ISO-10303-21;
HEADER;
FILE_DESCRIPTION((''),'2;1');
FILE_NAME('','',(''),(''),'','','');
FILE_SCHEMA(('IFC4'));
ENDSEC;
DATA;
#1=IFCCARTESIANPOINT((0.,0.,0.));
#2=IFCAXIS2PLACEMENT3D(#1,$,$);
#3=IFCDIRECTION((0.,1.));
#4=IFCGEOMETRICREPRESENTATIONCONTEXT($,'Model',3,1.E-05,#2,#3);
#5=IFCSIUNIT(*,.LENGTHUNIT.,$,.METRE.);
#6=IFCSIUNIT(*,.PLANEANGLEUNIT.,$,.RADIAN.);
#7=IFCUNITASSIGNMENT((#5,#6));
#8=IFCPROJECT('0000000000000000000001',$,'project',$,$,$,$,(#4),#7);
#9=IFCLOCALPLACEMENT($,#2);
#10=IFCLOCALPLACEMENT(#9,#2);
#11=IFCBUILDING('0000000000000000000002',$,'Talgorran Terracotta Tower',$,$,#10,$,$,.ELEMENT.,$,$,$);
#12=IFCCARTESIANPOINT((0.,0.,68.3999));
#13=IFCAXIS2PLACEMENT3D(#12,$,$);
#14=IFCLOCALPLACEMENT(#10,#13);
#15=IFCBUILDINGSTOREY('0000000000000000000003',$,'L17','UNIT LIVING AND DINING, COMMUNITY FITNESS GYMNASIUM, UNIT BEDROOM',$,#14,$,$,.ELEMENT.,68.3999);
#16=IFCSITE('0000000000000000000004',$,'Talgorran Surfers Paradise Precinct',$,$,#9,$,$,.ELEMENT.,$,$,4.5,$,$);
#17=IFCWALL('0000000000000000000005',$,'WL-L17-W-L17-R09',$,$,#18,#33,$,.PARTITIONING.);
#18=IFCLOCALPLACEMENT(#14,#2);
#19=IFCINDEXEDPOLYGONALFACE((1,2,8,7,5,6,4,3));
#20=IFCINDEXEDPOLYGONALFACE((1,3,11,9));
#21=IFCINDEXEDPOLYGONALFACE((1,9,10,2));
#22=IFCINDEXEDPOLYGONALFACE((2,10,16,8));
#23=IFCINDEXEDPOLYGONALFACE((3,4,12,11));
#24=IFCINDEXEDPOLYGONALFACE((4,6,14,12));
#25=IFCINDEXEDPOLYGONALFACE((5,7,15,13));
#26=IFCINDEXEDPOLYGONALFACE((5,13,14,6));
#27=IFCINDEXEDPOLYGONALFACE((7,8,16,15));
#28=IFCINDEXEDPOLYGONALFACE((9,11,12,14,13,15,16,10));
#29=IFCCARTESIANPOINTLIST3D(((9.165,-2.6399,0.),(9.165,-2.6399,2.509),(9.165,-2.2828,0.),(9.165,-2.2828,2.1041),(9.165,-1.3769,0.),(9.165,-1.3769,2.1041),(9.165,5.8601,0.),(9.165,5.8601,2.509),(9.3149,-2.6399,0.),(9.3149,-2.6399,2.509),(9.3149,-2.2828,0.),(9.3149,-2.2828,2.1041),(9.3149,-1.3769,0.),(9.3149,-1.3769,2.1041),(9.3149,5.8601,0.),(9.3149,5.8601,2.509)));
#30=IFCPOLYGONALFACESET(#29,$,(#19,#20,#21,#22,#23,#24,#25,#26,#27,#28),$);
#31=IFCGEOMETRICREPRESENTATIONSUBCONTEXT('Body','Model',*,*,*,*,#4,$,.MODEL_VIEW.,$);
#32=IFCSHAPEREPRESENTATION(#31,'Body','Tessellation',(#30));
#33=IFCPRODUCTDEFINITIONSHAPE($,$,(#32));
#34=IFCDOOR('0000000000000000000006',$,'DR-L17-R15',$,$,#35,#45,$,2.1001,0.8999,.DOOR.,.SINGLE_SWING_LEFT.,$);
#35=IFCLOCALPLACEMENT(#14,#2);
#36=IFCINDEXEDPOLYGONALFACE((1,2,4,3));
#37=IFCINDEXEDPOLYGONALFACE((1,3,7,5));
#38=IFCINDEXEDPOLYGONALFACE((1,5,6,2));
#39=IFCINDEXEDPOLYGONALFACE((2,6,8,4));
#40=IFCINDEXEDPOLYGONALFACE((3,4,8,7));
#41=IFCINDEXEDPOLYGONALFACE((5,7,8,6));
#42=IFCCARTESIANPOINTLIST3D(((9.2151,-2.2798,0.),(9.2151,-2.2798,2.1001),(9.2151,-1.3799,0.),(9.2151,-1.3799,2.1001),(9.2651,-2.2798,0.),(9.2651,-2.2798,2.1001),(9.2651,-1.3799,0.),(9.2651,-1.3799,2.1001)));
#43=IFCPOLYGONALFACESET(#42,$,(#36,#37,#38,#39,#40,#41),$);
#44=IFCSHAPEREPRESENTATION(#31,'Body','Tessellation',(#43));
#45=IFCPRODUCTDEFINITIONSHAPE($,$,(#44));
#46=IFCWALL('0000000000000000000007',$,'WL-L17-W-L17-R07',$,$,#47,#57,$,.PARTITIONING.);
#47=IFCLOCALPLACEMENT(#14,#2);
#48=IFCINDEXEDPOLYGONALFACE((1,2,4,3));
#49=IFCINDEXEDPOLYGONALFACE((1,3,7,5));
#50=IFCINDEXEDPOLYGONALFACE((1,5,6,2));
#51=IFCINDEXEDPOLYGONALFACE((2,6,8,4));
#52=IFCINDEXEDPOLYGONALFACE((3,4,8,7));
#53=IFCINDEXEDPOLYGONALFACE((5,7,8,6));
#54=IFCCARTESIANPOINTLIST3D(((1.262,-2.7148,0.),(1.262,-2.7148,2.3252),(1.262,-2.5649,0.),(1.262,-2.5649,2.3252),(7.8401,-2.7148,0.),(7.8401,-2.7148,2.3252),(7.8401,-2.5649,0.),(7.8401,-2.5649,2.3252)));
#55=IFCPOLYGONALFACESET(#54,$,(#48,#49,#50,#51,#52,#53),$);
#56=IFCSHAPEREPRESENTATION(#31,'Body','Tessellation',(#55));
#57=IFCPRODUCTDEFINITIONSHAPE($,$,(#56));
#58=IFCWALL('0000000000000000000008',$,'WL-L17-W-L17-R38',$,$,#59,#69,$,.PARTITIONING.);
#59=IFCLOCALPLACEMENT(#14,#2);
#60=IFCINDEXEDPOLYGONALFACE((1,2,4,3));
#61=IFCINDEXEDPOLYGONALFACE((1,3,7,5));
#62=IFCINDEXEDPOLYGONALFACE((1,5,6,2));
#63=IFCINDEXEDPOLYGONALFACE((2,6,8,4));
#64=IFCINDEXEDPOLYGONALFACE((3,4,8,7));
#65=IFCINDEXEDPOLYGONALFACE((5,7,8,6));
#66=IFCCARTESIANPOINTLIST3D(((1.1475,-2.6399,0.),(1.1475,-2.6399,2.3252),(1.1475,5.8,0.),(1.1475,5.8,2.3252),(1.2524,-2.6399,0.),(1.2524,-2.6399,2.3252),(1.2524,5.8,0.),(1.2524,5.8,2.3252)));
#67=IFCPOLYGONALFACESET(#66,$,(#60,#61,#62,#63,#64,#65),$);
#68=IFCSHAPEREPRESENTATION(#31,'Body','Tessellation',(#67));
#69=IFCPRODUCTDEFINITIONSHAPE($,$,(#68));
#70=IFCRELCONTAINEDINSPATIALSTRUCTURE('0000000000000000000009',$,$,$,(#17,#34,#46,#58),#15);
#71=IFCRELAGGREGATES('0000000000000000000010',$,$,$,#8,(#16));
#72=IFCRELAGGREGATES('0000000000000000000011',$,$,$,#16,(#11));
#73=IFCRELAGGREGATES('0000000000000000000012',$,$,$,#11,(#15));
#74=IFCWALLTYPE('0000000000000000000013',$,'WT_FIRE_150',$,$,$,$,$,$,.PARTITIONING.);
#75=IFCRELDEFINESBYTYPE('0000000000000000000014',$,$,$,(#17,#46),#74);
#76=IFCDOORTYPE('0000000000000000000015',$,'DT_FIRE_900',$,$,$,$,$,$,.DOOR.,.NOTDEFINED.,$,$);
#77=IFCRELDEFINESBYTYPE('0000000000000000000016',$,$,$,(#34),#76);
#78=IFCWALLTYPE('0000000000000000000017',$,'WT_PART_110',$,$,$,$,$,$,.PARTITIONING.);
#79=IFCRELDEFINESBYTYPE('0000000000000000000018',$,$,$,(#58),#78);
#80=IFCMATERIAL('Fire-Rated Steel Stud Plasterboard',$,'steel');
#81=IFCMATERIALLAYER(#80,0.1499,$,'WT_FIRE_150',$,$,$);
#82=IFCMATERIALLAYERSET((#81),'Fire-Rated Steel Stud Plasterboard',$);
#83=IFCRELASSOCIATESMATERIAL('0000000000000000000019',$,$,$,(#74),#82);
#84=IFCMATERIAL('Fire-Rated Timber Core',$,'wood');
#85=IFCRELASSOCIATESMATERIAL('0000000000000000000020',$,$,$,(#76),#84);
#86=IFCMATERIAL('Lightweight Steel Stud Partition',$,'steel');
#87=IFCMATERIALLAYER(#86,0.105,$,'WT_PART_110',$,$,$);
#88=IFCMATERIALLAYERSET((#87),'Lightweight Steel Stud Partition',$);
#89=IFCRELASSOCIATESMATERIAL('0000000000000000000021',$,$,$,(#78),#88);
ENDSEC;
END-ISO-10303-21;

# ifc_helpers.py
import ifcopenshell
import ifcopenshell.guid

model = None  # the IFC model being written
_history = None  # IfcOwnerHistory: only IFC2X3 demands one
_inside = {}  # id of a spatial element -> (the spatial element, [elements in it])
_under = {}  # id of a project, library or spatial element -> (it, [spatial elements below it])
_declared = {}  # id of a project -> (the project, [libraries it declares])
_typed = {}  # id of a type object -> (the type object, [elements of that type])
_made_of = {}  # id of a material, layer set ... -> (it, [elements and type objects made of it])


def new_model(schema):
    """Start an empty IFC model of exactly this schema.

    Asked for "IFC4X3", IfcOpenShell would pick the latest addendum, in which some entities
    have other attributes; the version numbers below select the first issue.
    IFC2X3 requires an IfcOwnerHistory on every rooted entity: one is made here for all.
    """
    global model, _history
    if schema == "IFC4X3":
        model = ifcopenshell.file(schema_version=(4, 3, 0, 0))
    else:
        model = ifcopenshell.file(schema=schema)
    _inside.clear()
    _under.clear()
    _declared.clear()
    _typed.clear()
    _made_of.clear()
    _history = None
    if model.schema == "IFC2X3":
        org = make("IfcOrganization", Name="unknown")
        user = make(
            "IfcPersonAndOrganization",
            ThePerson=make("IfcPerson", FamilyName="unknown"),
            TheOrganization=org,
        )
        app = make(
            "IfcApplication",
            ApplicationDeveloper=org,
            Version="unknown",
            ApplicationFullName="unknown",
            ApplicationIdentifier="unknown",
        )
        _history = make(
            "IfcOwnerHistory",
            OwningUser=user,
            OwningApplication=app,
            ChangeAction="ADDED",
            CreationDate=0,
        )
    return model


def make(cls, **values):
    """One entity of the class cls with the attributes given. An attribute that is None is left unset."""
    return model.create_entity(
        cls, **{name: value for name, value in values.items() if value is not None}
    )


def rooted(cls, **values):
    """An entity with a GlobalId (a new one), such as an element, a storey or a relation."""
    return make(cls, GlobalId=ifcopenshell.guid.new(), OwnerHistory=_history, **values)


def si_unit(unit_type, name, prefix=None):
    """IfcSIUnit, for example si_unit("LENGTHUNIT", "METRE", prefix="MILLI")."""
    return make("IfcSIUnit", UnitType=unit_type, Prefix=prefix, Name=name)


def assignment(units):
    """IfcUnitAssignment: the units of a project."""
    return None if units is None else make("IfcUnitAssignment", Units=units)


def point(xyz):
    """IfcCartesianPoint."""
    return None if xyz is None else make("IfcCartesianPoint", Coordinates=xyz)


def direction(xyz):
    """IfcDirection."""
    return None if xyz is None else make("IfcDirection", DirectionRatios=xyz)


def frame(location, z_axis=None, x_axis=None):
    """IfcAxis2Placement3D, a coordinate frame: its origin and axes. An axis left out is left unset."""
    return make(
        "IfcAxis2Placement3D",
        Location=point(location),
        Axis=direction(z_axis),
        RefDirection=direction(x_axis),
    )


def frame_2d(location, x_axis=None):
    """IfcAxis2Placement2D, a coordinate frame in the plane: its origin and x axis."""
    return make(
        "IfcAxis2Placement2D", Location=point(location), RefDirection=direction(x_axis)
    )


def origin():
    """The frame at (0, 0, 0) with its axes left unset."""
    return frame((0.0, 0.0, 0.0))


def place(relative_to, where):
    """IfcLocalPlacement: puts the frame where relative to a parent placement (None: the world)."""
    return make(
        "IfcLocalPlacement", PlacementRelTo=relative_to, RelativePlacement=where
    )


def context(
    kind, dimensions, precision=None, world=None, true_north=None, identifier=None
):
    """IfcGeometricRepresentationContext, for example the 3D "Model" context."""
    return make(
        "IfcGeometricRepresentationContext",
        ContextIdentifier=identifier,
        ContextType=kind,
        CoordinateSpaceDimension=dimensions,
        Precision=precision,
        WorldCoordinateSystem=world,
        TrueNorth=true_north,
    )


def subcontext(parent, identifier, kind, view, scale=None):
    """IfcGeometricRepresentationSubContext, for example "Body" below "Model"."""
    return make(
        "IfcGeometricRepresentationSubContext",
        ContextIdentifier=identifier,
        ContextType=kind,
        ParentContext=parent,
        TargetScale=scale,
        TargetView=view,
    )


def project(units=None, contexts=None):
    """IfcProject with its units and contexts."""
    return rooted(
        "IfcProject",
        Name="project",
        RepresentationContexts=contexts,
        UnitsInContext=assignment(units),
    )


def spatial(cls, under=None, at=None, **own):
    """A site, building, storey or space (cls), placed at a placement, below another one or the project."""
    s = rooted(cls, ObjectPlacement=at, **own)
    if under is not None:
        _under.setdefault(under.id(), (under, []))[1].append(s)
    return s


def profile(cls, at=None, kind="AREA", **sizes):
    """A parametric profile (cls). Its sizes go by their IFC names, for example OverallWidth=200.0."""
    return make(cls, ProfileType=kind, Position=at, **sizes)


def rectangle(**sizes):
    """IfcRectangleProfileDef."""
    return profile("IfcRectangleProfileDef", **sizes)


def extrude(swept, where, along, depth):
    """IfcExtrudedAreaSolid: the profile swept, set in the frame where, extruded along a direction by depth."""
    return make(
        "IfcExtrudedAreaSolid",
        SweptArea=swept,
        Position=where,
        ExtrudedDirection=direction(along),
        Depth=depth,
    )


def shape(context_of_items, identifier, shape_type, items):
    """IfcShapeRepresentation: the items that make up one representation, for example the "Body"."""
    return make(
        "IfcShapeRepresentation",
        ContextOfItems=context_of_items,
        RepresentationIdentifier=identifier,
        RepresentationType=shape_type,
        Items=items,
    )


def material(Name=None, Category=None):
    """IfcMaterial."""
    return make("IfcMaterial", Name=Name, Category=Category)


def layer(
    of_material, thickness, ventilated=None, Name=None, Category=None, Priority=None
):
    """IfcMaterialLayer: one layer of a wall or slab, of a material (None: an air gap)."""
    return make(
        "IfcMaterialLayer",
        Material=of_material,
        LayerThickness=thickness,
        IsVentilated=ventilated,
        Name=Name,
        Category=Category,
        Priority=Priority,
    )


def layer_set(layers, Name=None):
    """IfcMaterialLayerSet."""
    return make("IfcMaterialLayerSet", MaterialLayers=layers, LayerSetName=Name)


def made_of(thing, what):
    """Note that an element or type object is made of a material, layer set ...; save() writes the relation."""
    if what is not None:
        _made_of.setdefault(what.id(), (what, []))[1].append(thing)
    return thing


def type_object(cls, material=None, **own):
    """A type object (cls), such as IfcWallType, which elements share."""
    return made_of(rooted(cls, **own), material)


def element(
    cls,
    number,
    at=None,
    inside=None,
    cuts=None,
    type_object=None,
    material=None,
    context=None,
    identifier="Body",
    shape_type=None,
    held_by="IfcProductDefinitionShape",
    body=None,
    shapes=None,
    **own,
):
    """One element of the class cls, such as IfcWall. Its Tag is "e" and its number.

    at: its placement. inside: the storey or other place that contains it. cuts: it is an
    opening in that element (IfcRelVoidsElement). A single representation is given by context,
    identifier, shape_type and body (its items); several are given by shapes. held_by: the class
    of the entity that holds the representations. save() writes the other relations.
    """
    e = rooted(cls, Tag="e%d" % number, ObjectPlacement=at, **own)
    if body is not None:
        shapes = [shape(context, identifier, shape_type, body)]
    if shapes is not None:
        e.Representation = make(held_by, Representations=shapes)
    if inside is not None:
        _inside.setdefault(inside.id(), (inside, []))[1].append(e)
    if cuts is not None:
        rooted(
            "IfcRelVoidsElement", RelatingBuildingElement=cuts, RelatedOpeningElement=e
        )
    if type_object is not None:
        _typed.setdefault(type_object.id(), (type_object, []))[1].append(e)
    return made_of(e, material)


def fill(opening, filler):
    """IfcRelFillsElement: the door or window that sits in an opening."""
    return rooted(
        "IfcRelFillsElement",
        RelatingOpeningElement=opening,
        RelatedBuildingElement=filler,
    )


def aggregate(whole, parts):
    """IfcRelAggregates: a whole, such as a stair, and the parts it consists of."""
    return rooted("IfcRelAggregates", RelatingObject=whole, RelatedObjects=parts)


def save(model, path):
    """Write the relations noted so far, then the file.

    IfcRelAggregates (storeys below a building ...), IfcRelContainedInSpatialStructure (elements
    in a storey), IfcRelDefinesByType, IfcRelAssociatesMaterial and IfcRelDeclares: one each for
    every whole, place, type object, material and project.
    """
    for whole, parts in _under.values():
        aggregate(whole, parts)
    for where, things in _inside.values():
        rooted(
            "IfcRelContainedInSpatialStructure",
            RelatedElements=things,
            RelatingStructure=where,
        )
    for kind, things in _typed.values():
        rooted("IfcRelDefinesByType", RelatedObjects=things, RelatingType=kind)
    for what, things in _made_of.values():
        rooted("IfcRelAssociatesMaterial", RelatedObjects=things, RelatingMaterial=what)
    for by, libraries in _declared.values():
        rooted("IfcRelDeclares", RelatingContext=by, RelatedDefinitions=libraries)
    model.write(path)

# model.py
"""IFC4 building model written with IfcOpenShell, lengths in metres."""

from ifc_helpers import new_model, si_unit, direction, frame, frame_2d, origin, place, context, subcontext, project, spatial, rectangle, extrude, material, layer, layer_set, type_object, element, fill, save


model = new_model("IFC4")

# Units and contexts
model_context = context("Model", 3, precision=1e-05, world=origin(), true_north=direction((0.0, 1.0)))
body_context = subcontext(model_context, "Body", "Model", "MODEL_VIEW")
ifc_project = project(units=[si_unit("LENGTHUNIT", "METRE"), si_unit("PLANEANGLEUNIT", "RADIAN")], contexts=[model_context])

# Site, building, storey
site_placement = place(None, origin())
site = spatial("IfcSite", under=ifc_project, at=site_placement, Name="Talgorran Surfers Paradise Precinct", CompositionType="ELEMENT", RefElevation=4.5)
building_placement = place(site_placement, origin())
building = spatial("IfcBuilding", under=site, at=building_placement, Name="Talgorran Terracotta Tower", CompositionType="ELEMENT")
storey_placement = place(building_placement, frame((0.0, 0.0, 68.3999)))
storey = spatial("IfcBuildingStorey", under=building, at=storey_placement, Name="L17", Description="UNIT LIVING AND DINING, COMMUNITY FITNESS GYMNASIUM, UNIT BEDROOM", CompositionType="ELEMENT", Elevation=68.3999)

# Wall, opening, door
ifc_material_1 = material(Name="Fire-Rated Steel Stud Plasterboard", Category="steel")
ifc_layer_1 = layer(ifc_material_1, 0.1499, Name="WT_FIRE_150")
ifc_layer_set_1 = layer_set([ifc_layer_1], Name="Fire-Rated Steel Stud Plasterboard")
wall_type_1 = type_object("IfcWallType", Name="WT_FIRE_150", PredefinedType="PARTITIONING", material=ifc_layer_set_1)
ifc_material_2 = material(Name="Fire-Rated Timber Core", Category="wood")
door_type = type_object("IfcDoorType", Name="DT_FIRE_900", OperationType="NOTDEFINED", PredefinedType="DOOR", material=ifc_material_2)
wall_1_placement = place(storey_placement, frame((9.24, -2.6399, 0.0), z_axis=(0.0, 0.0, 1.0), x_axis=(0.0, 1.0, 0.0)))
wall_1 = element("IfcWall", 1, at=wall_1_placement, inside=storey, type_object=wall_type_1, Name="WL-L17-W-L17-R09", PredefinedType="PARTITIONING", context=body_context, shape_type="SweptSolid", body=[
    extrude(rectangle(XDim=8.5, YDim=0.1499, at=frame_2d((4.25, 0.0))), origin(), (0.0, 0.0, 1.0), 2.509),
])
opening_1_placement = place(wall_1_placement, frame((0.3601, 0.0, 0.0)))
opening_1 = element("IfcOpeningElement", 2, at=opening_1_placement, cuts=wall_1, PredefinedType="OPENING", context=body_context, shape_type="SweptSolid", body=[
    extrude(rectangle(XDim=0.9059, YDim=2.1041, at=frame_2d((0.45, 1.052))), frame((0.0, 0.085, 0.0), z_axis=(0.0, -1.0, 0.0), x_axis=(1.0, 0.0, 0.0)), (0.0, 0.0, 1.0), 0.1699),
])
door_1_placement = place(opening_1_placement, origin())
door_1 = element("IfcDoor", 3, at=door_1_placement, inside=storey, type_object=door_type, Name="DR-L17-R15", OperationType="SINGLE_SWING_LEFT", OverallHeight=2.1001, OverallWidth=0.8999, PredefinedType="DOOR", context=body_context, shape_type="SweptSolid", body=[
    extrude(rectangle(XDim=0.8999, YDim=2.1001, at=frame_2d((0.45, 1.05))), frame((0.0, 0.0249, 0.0), z_axis=(0.0, -1.0, 0.0), x_axis=(1.0, 0.0, 0.0)), (0.0, 0.0, 1.0), 0.05),
])
fill(opening_1, door_1)

# Walls
wall_2_placement = place(storey_placement, frame((1.262, -2.6399, 0.0), z_axis=(0.0, 0.0, 1.0), x_axis=(1.0, 0.0, 0.0)))
element("IfcWall", 4, at=wall_2_placement, inside=storey, type_object=wall_type_1, Name="WL-L17-W-L17-R07", PredefinedType="PARTITIONING", context=body_context, shape_type="SweptSolid", body=[
    extrude(rectangle(XDim=6.5781, YDim=0.1499, at=frame_2d((3.2891, 0.0))), origin(), (0.0, 0.0, 1.0), 2.3252),
])
ifc_material_3 = material(Name="Lightweight Steel Stud Partition", Category="steel")
ifc_layer_2 = layer(ifc_material_3, 0.105, Name="WT_PART_110")
ifc_layer_set_2 = layer_set([ifc_layer_2], Name="Lightweight Steel Stud Partition")
wall_type_2 = type_object("IfcWallType", Name="WT_PART_110", PredefinedType="PARTITIONING", material=ifc_layer_set_2)
wall_3_placement = place(storey_placement, frame((1.2, -2.6399, 0.0), z_axis=(0.0, 0.0, 1.0), x_axis=(0.0, 1.0, 0.0)))
element("IfcWall", 5, at=wall_3_placement, inside=storey, type_object=wall_type_2, Name="WL-L17-W-L17-R38", PredefinedType="PARTITIONING", context=body_context, shape_type="SweptSolid", body=[
    extrude(rectangle(XDim=8.4399, YDim=0.105, at=frame_2d((4.22, 0.0))), origin(), (0.0, 0.0, 1.0), 2.3252),
])

save(model, "model.ifc")
